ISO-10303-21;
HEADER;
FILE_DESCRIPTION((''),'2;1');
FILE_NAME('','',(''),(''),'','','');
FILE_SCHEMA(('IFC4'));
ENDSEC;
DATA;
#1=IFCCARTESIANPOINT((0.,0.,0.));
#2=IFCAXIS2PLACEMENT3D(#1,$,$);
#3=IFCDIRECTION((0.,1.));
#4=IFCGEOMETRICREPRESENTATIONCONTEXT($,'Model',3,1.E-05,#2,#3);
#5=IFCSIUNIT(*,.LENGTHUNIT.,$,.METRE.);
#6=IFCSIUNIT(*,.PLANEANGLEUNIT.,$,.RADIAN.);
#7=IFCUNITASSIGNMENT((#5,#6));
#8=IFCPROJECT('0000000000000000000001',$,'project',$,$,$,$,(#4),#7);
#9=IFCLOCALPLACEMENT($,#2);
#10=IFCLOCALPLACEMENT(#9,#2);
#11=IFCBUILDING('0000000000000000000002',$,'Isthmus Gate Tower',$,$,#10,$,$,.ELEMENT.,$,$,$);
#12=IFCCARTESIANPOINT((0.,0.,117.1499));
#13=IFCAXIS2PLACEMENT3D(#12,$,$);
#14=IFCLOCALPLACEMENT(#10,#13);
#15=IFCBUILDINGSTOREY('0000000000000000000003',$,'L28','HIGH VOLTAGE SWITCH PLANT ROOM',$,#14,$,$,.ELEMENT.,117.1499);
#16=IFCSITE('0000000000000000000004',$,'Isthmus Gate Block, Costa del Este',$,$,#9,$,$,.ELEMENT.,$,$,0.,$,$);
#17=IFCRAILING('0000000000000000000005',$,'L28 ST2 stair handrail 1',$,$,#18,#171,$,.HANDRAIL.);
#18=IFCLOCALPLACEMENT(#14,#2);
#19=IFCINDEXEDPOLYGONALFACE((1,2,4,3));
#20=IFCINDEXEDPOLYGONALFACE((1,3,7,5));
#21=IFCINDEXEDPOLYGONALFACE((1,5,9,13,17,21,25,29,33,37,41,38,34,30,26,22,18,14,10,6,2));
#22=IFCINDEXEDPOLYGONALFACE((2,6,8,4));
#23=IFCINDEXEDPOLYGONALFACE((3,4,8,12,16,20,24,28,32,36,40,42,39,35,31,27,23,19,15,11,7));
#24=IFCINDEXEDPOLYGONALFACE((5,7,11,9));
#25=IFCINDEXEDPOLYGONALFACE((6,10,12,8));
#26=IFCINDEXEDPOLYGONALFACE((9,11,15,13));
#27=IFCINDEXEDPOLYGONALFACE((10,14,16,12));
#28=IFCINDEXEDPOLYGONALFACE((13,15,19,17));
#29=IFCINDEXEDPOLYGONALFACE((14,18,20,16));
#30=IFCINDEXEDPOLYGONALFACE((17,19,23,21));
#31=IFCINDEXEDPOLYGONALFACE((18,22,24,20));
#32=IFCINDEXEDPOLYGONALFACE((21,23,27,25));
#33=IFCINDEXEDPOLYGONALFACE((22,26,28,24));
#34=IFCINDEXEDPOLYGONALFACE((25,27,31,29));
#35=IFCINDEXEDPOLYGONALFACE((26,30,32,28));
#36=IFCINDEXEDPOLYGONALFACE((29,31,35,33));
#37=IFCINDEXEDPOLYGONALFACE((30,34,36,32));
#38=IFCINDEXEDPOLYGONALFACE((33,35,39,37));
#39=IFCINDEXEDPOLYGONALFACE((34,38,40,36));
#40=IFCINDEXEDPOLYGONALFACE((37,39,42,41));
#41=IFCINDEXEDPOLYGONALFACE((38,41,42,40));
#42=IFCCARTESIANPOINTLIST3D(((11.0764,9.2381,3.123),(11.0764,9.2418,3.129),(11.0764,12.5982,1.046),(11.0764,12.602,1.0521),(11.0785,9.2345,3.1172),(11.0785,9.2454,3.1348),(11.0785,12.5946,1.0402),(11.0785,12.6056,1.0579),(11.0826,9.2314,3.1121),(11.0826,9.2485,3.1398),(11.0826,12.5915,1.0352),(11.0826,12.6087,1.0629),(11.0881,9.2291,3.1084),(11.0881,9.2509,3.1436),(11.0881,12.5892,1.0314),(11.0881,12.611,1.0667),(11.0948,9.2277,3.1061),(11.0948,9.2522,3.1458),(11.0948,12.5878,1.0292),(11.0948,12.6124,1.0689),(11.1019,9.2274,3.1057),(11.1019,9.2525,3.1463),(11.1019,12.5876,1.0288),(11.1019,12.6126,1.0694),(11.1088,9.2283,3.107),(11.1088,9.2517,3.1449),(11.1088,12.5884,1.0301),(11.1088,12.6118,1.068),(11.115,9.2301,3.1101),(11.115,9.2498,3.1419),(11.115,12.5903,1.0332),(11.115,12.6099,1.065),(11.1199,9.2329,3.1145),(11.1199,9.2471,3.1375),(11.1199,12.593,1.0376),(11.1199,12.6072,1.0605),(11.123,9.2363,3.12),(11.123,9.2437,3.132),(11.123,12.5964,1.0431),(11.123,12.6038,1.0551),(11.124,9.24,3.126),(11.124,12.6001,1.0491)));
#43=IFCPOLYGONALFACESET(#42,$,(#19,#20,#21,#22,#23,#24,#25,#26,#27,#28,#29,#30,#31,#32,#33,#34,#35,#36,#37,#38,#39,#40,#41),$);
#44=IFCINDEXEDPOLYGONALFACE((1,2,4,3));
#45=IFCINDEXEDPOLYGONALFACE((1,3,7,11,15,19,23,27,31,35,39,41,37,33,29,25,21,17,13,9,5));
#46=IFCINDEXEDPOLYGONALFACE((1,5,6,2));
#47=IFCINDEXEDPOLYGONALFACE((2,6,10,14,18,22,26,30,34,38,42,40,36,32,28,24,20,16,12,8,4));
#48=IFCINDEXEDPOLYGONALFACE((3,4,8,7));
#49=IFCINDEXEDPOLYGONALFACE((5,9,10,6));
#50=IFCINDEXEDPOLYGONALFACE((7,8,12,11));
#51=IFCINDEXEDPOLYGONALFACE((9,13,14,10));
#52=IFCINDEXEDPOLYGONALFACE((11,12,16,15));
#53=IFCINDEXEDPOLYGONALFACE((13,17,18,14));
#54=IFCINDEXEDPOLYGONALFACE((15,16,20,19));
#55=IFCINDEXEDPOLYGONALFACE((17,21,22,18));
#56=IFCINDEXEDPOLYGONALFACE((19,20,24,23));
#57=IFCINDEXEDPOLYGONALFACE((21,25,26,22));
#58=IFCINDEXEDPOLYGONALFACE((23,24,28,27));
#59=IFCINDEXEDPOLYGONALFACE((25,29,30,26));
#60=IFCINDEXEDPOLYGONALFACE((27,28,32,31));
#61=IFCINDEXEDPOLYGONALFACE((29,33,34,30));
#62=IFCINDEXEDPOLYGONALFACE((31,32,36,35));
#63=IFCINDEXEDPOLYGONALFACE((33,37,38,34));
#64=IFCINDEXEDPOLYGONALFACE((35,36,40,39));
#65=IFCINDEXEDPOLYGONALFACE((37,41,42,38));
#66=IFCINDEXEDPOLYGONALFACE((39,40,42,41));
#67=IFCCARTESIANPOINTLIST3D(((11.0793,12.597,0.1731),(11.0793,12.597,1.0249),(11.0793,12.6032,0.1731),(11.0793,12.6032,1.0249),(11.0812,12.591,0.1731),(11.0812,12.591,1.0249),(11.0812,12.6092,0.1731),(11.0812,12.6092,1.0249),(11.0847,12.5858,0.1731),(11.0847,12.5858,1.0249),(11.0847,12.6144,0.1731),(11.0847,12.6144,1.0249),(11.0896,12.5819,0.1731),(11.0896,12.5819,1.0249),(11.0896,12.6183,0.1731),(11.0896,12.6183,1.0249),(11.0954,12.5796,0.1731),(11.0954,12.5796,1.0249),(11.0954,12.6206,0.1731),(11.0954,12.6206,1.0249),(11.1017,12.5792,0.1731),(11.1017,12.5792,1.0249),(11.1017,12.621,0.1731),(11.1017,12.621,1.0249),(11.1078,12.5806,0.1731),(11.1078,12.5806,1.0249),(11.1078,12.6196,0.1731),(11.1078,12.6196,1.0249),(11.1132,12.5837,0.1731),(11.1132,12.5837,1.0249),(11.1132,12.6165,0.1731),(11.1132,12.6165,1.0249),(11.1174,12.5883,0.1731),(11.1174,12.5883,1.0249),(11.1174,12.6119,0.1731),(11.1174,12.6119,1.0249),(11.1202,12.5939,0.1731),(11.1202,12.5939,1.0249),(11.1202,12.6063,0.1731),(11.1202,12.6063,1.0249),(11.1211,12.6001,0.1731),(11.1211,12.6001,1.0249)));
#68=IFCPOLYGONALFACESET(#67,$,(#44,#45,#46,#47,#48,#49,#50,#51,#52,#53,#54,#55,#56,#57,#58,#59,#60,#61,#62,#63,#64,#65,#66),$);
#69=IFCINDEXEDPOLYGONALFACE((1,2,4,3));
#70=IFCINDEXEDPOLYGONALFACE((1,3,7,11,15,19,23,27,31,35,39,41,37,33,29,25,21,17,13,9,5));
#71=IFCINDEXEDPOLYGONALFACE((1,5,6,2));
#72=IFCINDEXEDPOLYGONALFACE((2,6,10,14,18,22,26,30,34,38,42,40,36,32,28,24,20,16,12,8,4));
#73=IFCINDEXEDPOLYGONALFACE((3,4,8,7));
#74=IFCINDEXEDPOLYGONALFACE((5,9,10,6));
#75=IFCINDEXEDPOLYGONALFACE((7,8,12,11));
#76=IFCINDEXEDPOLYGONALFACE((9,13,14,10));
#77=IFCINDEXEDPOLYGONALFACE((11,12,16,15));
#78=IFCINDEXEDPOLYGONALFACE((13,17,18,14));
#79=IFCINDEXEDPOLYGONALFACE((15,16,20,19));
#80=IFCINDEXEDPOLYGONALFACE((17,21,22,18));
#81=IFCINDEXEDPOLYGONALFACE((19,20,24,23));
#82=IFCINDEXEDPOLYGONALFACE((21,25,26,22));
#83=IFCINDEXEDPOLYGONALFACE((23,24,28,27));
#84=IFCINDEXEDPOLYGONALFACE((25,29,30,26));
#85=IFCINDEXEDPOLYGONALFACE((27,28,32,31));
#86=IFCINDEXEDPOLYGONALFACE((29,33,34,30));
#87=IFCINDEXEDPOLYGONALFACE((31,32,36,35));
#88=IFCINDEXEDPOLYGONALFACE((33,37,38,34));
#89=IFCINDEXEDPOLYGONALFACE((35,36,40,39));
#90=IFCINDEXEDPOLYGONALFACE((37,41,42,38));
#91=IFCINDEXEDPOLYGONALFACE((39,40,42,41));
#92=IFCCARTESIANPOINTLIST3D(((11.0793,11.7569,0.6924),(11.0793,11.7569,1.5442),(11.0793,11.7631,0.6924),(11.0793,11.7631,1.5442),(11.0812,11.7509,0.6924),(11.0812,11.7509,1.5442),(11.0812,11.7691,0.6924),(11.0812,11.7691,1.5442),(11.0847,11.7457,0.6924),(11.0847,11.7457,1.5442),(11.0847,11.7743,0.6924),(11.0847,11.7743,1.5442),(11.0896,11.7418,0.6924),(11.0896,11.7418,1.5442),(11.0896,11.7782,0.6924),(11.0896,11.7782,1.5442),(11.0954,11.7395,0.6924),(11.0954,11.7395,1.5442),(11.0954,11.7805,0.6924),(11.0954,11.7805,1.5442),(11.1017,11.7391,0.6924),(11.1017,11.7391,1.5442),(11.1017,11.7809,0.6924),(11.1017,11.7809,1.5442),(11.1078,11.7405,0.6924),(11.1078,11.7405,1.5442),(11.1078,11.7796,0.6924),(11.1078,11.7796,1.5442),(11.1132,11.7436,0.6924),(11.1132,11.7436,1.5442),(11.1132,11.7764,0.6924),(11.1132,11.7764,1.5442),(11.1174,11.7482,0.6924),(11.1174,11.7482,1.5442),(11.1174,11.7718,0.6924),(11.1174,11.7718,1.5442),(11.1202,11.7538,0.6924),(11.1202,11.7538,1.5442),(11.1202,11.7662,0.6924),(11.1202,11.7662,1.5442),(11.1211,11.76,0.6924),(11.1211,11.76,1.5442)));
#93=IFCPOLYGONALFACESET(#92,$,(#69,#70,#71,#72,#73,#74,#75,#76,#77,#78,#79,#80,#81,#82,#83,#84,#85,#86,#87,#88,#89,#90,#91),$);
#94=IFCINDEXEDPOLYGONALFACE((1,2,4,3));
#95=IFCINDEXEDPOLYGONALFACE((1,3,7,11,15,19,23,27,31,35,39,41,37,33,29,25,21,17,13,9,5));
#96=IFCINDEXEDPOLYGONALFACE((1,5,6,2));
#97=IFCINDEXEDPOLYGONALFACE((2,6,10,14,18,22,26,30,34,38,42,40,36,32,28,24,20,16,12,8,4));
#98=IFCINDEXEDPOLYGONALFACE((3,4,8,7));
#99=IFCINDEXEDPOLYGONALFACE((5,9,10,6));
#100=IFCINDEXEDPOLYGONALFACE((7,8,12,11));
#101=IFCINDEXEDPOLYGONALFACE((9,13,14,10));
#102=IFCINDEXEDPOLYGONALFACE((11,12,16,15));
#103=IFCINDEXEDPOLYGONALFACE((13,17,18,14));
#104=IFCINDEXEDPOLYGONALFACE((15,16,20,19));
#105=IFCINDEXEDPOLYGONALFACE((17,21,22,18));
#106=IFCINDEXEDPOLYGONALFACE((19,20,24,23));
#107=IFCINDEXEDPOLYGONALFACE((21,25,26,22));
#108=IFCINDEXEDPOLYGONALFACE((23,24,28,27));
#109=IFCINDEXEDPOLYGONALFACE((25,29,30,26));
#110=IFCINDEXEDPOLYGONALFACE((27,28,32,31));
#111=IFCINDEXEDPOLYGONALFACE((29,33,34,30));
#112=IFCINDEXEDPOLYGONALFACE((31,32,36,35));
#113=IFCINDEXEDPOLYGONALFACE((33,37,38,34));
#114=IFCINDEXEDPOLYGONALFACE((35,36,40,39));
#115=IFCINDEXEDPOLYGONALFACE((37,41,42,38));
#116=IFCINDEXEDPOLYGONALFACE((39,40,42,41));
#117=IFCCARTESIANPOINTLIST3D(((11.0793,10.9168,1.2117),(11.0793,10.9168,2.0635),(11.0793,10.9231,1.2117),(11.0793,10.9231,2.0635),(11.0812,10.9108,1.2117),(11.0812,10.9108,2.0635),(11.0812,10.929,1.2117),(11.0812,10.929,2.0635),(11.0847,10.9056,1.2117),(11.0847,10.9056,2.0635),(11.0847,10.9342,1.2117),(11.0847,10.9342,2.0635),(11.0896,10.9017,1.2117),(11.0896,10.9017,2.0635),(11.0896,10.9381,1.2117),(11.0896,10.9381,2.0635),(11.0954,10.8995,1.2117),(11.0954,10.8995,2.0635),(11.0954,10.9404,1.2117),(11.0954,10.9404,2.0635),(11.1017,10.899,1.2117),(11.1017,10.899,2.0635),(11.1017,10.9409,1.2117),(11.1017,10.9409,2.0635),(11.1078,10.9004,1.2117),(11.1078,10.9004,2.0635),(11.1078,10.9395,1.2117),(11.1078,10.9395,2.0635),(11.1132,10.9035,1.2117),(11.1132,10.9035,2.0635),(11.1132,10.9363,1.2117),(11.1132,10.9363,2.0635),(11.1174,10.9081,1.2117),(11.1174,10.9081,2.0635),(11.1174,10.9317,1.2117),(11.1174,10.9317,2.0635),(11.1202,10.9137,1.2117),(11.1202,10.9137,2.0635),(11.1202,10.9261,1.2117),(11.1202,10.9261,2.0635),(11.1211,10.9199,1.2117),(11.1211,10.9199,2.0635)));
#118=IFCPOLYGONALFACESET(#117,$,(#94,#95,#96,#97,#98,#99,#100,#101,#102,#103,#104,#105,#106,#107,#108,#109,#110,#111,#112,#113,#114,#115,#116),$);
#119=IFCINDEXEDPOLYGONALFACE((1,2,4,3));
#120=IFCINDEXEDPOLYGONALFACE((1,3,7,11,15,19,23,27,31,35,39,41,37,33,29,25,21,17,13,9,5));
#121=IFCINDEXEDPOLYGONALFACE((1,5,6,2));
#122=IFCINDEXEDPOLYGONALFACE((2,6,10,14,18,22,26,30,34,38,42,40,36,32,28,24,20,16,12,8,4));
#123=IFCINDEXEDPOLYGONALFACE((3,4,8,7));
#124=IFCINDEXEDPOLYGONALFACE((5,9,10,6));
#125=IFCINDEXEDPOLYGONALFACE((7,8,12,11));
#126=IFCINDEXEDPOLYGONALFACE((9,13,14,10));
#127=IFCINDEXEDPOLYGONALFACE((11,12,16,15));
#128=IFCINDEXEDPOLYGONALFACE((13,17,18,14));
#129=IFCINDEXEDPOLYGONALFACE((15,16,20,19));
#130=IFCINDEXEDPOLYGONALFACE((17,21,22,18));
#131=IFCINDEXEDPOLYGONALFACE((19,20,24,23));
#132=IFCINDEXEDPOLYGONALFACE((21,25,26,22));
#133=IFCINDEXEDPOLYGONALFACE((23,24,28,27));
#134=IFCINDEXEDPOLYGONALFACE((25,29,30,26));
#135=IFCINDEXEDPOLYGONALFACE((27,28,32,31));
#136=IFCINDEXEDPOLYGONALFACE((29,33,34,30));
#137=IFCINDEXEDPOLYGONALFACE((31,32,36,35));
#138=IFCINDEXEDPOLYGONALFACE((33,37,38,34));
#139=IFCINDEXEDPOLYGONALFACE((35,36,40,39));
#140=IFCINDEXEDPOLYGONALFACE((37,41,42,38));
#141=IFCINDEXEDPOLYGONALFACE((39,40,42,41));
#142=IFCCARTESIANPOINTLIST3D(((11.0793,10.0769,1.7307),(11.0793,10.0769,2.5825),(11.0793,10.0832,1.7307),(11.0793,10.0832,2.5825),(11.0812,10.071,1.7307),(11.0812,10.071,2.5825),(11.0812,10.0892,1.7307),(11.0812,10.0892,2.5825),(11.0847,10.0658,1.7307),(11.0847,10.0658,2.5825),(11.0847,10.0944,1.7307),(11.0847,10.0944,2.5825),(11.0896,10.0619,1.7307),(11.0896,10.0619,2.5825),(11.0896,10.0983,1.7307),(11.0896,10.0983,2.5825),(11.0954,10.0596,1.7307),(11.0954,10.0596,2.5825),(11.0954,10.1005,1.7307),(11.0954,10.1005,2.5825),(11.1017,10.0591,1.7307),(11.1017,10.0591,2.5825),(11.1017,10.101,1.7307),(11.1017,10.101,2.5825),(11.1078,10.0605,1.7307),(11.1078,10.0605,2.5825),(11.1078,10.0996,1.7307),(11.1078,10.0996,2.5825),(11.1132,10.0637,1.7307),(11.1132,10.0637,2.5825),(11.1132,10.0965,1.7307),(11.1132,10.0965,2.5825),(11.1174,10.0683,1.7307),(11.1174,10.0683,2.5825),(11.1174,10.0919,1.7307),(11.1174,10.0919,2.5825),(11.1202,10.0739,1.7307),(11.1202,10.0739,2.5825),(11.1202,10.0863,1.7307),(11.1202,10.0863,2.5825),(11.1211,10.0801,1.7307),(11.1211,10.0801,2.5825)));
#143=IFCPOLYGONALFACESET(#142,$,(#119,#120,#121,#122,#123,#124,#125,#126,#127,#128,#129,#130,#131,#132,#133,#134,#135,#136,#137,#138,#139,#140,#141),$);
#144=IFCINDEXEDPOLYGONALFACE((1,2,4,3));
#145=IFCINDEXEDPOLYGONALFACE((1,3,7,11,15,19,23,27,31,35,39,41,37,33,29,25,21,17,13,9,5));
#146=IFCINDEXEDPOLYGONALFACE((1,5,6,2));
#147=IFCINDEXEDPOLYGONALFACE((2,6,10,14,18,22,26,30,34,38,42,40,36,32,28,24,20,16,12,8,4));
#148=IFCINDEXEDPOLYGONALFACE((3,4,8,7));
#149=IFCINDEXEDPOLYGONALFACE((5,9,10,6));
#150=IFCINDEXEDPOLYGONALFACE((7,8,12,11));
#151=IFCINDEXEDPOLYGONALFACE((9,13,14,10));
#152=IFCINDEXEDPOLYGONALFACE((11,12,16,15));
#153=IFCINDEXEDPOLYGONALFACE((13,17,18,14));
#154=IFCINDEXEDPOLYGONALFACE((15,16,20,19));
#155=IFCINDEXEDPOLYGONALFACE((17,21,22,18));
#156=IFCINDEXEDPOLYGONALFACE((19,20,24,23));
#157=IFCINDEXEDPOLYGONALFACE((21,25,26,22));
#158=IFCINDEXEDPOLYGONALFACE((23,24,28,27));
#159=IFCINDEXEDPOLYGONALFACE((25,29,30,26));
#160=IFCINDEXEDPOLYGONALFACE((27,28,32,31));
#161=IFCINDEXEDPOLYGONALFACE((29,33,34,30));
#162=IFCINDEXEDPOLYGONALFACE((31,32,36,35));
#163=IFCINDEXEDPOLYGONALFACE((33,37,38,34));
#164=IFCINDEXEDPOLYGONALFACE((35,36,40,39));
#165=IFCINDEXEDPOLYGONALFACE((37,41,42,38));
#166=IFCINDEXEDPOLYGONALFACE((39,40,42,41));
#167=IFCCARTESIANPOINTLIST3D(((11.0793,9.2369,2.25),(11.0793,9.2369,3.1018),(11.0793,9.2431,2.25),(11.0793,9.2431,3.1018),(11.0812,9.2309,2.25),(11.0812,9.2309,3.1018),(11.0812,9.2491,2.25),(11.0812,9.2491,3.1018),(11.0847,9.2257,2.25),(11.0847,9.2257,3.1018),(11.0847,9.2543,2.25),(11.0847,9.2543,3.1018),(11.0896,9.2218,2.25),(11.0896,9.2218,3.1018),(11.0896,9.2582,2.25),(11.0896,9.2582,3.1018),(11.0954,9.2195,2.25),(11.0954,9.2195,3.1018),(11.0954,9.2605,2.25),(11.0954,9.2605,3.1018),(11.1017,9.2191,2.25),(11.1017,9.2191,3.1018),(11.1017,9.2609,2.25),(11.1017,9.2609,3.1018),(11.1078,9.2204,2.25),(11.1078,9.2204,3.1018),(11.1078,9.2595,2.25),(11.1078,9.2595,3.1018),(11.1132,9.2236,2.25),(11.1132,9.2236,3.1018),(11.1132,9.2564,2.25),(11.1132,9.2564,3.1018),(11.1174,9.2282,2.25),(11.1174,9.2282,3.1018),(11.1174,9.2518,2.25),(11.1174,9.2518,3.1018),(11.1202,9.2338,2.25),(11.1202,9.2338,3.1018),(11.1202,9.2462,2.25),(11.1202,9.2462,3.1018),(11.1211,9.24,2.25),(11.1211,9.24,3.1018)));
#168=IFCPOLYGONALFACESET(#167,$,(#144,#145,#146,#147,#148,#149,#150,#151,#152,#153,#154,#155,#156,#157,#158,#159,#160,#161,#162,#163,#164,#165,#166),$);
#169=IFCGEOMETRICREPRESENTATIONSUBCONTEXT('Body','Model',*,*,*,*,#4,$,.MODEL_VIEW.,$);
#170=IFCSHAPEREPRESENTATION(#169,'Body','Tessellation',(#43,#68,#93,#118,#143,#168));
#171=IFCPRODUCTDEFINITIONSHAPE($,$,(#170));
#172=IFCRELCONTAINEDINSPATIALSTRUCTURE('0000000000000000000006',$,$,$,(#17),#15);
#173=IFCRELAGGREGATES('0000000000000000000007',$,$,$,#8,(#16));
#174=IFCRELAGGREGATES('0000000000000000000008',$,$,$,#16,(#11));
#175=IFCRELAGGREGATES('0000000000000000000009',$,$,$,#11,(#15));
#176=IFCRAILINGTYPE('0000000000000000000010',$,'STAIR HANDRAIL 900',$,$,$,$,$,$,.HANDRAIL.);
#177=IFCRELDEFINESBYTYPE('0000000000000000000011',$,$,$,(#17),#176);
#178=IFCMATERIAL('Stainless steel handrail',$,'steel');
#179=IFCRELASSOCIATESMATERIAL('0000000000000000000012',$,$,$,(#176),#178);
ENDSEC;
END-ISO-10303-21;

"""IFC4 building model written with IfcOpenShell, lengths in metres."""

from ifc_helpers import new_model, si_unit, direction, frame, origin, origin_2d, place, context, subcontext, project, spatial, circle, extrude, material, type_object, element, save


model = new_model("IFC4")

# Units and contexts
model_context = context("Model", 3, precision=1e-05, world=origin(), true_north=direction((0.0, 1.0)))
body_context = subcontext(model_context, "Body", "Model", "MODEL_VIEW")
ifc_project = project(units=[si_unit("LENGTHUNIT", "METRE"), si_unit("PLANEANGLEUNIT", "RADIAN")], contexts=[model_context])

# Site, building, storey
site_placement = place(None, origin())
site = spatial("IfcSite", under=ifc_project, at=site_placement, Name="Isthmus Gate Block, Costa del Este", CompositionType="ELEMENT", RefElevation=0.0)
building_placement = place(site_placement, origin())
building = spatial("IfcBuilding", under=site, at=building_placement, Name="Isthmus Gate Tower", CompositionType="ELEMENT")
storey_placement = place(building_placement, frame((0.0, 0.0, 117.1499)))
storey = spatial("IfcBuildingStorey", under=building, at=storey_placement, Name="L28", Description="HIGH VOLTAGE SWITCH PLANT ROOM", CompositionType="ELEMENT", Elevation=117.1499)

# Railing
ifc_material_1 = material(Name="Stainless steel handrail", Category="steel")
railing_type_1 = type_object("IfcRailingType", Name="STAIR HANDRAIL 900", PredefinedType="HANDRAIL", material=ifc_material_1)
railing_1_placement = place(storey_placement, frame((11.1001, 12.6001, 0.1731)))
element("IfcRailing", 1, at=railing_1_placement, inside=storey, type_object=railing_type_1, Name="L28 ST2 stair handrail 1", PredefinedType="HANDRAIL", context=body_context, shape_type="SweptSolid", body=[
    extrude(circle(Radius=0.0239, at=origin_2d()), frame((0.0, 0.0, 0.876), z_axis=(0.0, -0.850623, 0.525776), x_axis=(1.0, 0.0, 0.0)), (0.0, 0.0, 1.0), 3.9502),
    extrude(circle(Radius=0.021, at=origin_2d()), origin(), (0.0, 0.0, 1.0), 0.8518),
    extrude(circle(Radius=0.021, at=origin_2d()), frame((0.0, -0.8401, 0.5193)), (0.0, 0.0, 1.0), 0.8518),
    extrude(circle(Radius=0.021, at=origin_2d()), frame((0.0, -1.6802, 1.0386)), (0.0, 0.0, 1.0), 0.8518),
    extrude(circle(Radius=0.021, at=origin_2d()), frame((0.0, -2.52, 1.5576)), (0.0, 0.0, 1.0), 0.8518),
    extrude(circle(Radius=0.021, at=origin_2d()), frame((0.0, -3.3601, 2.0769)), (0.0, 0.0, 1.0), 0.8518),
])

save(model, "model.ifc")
